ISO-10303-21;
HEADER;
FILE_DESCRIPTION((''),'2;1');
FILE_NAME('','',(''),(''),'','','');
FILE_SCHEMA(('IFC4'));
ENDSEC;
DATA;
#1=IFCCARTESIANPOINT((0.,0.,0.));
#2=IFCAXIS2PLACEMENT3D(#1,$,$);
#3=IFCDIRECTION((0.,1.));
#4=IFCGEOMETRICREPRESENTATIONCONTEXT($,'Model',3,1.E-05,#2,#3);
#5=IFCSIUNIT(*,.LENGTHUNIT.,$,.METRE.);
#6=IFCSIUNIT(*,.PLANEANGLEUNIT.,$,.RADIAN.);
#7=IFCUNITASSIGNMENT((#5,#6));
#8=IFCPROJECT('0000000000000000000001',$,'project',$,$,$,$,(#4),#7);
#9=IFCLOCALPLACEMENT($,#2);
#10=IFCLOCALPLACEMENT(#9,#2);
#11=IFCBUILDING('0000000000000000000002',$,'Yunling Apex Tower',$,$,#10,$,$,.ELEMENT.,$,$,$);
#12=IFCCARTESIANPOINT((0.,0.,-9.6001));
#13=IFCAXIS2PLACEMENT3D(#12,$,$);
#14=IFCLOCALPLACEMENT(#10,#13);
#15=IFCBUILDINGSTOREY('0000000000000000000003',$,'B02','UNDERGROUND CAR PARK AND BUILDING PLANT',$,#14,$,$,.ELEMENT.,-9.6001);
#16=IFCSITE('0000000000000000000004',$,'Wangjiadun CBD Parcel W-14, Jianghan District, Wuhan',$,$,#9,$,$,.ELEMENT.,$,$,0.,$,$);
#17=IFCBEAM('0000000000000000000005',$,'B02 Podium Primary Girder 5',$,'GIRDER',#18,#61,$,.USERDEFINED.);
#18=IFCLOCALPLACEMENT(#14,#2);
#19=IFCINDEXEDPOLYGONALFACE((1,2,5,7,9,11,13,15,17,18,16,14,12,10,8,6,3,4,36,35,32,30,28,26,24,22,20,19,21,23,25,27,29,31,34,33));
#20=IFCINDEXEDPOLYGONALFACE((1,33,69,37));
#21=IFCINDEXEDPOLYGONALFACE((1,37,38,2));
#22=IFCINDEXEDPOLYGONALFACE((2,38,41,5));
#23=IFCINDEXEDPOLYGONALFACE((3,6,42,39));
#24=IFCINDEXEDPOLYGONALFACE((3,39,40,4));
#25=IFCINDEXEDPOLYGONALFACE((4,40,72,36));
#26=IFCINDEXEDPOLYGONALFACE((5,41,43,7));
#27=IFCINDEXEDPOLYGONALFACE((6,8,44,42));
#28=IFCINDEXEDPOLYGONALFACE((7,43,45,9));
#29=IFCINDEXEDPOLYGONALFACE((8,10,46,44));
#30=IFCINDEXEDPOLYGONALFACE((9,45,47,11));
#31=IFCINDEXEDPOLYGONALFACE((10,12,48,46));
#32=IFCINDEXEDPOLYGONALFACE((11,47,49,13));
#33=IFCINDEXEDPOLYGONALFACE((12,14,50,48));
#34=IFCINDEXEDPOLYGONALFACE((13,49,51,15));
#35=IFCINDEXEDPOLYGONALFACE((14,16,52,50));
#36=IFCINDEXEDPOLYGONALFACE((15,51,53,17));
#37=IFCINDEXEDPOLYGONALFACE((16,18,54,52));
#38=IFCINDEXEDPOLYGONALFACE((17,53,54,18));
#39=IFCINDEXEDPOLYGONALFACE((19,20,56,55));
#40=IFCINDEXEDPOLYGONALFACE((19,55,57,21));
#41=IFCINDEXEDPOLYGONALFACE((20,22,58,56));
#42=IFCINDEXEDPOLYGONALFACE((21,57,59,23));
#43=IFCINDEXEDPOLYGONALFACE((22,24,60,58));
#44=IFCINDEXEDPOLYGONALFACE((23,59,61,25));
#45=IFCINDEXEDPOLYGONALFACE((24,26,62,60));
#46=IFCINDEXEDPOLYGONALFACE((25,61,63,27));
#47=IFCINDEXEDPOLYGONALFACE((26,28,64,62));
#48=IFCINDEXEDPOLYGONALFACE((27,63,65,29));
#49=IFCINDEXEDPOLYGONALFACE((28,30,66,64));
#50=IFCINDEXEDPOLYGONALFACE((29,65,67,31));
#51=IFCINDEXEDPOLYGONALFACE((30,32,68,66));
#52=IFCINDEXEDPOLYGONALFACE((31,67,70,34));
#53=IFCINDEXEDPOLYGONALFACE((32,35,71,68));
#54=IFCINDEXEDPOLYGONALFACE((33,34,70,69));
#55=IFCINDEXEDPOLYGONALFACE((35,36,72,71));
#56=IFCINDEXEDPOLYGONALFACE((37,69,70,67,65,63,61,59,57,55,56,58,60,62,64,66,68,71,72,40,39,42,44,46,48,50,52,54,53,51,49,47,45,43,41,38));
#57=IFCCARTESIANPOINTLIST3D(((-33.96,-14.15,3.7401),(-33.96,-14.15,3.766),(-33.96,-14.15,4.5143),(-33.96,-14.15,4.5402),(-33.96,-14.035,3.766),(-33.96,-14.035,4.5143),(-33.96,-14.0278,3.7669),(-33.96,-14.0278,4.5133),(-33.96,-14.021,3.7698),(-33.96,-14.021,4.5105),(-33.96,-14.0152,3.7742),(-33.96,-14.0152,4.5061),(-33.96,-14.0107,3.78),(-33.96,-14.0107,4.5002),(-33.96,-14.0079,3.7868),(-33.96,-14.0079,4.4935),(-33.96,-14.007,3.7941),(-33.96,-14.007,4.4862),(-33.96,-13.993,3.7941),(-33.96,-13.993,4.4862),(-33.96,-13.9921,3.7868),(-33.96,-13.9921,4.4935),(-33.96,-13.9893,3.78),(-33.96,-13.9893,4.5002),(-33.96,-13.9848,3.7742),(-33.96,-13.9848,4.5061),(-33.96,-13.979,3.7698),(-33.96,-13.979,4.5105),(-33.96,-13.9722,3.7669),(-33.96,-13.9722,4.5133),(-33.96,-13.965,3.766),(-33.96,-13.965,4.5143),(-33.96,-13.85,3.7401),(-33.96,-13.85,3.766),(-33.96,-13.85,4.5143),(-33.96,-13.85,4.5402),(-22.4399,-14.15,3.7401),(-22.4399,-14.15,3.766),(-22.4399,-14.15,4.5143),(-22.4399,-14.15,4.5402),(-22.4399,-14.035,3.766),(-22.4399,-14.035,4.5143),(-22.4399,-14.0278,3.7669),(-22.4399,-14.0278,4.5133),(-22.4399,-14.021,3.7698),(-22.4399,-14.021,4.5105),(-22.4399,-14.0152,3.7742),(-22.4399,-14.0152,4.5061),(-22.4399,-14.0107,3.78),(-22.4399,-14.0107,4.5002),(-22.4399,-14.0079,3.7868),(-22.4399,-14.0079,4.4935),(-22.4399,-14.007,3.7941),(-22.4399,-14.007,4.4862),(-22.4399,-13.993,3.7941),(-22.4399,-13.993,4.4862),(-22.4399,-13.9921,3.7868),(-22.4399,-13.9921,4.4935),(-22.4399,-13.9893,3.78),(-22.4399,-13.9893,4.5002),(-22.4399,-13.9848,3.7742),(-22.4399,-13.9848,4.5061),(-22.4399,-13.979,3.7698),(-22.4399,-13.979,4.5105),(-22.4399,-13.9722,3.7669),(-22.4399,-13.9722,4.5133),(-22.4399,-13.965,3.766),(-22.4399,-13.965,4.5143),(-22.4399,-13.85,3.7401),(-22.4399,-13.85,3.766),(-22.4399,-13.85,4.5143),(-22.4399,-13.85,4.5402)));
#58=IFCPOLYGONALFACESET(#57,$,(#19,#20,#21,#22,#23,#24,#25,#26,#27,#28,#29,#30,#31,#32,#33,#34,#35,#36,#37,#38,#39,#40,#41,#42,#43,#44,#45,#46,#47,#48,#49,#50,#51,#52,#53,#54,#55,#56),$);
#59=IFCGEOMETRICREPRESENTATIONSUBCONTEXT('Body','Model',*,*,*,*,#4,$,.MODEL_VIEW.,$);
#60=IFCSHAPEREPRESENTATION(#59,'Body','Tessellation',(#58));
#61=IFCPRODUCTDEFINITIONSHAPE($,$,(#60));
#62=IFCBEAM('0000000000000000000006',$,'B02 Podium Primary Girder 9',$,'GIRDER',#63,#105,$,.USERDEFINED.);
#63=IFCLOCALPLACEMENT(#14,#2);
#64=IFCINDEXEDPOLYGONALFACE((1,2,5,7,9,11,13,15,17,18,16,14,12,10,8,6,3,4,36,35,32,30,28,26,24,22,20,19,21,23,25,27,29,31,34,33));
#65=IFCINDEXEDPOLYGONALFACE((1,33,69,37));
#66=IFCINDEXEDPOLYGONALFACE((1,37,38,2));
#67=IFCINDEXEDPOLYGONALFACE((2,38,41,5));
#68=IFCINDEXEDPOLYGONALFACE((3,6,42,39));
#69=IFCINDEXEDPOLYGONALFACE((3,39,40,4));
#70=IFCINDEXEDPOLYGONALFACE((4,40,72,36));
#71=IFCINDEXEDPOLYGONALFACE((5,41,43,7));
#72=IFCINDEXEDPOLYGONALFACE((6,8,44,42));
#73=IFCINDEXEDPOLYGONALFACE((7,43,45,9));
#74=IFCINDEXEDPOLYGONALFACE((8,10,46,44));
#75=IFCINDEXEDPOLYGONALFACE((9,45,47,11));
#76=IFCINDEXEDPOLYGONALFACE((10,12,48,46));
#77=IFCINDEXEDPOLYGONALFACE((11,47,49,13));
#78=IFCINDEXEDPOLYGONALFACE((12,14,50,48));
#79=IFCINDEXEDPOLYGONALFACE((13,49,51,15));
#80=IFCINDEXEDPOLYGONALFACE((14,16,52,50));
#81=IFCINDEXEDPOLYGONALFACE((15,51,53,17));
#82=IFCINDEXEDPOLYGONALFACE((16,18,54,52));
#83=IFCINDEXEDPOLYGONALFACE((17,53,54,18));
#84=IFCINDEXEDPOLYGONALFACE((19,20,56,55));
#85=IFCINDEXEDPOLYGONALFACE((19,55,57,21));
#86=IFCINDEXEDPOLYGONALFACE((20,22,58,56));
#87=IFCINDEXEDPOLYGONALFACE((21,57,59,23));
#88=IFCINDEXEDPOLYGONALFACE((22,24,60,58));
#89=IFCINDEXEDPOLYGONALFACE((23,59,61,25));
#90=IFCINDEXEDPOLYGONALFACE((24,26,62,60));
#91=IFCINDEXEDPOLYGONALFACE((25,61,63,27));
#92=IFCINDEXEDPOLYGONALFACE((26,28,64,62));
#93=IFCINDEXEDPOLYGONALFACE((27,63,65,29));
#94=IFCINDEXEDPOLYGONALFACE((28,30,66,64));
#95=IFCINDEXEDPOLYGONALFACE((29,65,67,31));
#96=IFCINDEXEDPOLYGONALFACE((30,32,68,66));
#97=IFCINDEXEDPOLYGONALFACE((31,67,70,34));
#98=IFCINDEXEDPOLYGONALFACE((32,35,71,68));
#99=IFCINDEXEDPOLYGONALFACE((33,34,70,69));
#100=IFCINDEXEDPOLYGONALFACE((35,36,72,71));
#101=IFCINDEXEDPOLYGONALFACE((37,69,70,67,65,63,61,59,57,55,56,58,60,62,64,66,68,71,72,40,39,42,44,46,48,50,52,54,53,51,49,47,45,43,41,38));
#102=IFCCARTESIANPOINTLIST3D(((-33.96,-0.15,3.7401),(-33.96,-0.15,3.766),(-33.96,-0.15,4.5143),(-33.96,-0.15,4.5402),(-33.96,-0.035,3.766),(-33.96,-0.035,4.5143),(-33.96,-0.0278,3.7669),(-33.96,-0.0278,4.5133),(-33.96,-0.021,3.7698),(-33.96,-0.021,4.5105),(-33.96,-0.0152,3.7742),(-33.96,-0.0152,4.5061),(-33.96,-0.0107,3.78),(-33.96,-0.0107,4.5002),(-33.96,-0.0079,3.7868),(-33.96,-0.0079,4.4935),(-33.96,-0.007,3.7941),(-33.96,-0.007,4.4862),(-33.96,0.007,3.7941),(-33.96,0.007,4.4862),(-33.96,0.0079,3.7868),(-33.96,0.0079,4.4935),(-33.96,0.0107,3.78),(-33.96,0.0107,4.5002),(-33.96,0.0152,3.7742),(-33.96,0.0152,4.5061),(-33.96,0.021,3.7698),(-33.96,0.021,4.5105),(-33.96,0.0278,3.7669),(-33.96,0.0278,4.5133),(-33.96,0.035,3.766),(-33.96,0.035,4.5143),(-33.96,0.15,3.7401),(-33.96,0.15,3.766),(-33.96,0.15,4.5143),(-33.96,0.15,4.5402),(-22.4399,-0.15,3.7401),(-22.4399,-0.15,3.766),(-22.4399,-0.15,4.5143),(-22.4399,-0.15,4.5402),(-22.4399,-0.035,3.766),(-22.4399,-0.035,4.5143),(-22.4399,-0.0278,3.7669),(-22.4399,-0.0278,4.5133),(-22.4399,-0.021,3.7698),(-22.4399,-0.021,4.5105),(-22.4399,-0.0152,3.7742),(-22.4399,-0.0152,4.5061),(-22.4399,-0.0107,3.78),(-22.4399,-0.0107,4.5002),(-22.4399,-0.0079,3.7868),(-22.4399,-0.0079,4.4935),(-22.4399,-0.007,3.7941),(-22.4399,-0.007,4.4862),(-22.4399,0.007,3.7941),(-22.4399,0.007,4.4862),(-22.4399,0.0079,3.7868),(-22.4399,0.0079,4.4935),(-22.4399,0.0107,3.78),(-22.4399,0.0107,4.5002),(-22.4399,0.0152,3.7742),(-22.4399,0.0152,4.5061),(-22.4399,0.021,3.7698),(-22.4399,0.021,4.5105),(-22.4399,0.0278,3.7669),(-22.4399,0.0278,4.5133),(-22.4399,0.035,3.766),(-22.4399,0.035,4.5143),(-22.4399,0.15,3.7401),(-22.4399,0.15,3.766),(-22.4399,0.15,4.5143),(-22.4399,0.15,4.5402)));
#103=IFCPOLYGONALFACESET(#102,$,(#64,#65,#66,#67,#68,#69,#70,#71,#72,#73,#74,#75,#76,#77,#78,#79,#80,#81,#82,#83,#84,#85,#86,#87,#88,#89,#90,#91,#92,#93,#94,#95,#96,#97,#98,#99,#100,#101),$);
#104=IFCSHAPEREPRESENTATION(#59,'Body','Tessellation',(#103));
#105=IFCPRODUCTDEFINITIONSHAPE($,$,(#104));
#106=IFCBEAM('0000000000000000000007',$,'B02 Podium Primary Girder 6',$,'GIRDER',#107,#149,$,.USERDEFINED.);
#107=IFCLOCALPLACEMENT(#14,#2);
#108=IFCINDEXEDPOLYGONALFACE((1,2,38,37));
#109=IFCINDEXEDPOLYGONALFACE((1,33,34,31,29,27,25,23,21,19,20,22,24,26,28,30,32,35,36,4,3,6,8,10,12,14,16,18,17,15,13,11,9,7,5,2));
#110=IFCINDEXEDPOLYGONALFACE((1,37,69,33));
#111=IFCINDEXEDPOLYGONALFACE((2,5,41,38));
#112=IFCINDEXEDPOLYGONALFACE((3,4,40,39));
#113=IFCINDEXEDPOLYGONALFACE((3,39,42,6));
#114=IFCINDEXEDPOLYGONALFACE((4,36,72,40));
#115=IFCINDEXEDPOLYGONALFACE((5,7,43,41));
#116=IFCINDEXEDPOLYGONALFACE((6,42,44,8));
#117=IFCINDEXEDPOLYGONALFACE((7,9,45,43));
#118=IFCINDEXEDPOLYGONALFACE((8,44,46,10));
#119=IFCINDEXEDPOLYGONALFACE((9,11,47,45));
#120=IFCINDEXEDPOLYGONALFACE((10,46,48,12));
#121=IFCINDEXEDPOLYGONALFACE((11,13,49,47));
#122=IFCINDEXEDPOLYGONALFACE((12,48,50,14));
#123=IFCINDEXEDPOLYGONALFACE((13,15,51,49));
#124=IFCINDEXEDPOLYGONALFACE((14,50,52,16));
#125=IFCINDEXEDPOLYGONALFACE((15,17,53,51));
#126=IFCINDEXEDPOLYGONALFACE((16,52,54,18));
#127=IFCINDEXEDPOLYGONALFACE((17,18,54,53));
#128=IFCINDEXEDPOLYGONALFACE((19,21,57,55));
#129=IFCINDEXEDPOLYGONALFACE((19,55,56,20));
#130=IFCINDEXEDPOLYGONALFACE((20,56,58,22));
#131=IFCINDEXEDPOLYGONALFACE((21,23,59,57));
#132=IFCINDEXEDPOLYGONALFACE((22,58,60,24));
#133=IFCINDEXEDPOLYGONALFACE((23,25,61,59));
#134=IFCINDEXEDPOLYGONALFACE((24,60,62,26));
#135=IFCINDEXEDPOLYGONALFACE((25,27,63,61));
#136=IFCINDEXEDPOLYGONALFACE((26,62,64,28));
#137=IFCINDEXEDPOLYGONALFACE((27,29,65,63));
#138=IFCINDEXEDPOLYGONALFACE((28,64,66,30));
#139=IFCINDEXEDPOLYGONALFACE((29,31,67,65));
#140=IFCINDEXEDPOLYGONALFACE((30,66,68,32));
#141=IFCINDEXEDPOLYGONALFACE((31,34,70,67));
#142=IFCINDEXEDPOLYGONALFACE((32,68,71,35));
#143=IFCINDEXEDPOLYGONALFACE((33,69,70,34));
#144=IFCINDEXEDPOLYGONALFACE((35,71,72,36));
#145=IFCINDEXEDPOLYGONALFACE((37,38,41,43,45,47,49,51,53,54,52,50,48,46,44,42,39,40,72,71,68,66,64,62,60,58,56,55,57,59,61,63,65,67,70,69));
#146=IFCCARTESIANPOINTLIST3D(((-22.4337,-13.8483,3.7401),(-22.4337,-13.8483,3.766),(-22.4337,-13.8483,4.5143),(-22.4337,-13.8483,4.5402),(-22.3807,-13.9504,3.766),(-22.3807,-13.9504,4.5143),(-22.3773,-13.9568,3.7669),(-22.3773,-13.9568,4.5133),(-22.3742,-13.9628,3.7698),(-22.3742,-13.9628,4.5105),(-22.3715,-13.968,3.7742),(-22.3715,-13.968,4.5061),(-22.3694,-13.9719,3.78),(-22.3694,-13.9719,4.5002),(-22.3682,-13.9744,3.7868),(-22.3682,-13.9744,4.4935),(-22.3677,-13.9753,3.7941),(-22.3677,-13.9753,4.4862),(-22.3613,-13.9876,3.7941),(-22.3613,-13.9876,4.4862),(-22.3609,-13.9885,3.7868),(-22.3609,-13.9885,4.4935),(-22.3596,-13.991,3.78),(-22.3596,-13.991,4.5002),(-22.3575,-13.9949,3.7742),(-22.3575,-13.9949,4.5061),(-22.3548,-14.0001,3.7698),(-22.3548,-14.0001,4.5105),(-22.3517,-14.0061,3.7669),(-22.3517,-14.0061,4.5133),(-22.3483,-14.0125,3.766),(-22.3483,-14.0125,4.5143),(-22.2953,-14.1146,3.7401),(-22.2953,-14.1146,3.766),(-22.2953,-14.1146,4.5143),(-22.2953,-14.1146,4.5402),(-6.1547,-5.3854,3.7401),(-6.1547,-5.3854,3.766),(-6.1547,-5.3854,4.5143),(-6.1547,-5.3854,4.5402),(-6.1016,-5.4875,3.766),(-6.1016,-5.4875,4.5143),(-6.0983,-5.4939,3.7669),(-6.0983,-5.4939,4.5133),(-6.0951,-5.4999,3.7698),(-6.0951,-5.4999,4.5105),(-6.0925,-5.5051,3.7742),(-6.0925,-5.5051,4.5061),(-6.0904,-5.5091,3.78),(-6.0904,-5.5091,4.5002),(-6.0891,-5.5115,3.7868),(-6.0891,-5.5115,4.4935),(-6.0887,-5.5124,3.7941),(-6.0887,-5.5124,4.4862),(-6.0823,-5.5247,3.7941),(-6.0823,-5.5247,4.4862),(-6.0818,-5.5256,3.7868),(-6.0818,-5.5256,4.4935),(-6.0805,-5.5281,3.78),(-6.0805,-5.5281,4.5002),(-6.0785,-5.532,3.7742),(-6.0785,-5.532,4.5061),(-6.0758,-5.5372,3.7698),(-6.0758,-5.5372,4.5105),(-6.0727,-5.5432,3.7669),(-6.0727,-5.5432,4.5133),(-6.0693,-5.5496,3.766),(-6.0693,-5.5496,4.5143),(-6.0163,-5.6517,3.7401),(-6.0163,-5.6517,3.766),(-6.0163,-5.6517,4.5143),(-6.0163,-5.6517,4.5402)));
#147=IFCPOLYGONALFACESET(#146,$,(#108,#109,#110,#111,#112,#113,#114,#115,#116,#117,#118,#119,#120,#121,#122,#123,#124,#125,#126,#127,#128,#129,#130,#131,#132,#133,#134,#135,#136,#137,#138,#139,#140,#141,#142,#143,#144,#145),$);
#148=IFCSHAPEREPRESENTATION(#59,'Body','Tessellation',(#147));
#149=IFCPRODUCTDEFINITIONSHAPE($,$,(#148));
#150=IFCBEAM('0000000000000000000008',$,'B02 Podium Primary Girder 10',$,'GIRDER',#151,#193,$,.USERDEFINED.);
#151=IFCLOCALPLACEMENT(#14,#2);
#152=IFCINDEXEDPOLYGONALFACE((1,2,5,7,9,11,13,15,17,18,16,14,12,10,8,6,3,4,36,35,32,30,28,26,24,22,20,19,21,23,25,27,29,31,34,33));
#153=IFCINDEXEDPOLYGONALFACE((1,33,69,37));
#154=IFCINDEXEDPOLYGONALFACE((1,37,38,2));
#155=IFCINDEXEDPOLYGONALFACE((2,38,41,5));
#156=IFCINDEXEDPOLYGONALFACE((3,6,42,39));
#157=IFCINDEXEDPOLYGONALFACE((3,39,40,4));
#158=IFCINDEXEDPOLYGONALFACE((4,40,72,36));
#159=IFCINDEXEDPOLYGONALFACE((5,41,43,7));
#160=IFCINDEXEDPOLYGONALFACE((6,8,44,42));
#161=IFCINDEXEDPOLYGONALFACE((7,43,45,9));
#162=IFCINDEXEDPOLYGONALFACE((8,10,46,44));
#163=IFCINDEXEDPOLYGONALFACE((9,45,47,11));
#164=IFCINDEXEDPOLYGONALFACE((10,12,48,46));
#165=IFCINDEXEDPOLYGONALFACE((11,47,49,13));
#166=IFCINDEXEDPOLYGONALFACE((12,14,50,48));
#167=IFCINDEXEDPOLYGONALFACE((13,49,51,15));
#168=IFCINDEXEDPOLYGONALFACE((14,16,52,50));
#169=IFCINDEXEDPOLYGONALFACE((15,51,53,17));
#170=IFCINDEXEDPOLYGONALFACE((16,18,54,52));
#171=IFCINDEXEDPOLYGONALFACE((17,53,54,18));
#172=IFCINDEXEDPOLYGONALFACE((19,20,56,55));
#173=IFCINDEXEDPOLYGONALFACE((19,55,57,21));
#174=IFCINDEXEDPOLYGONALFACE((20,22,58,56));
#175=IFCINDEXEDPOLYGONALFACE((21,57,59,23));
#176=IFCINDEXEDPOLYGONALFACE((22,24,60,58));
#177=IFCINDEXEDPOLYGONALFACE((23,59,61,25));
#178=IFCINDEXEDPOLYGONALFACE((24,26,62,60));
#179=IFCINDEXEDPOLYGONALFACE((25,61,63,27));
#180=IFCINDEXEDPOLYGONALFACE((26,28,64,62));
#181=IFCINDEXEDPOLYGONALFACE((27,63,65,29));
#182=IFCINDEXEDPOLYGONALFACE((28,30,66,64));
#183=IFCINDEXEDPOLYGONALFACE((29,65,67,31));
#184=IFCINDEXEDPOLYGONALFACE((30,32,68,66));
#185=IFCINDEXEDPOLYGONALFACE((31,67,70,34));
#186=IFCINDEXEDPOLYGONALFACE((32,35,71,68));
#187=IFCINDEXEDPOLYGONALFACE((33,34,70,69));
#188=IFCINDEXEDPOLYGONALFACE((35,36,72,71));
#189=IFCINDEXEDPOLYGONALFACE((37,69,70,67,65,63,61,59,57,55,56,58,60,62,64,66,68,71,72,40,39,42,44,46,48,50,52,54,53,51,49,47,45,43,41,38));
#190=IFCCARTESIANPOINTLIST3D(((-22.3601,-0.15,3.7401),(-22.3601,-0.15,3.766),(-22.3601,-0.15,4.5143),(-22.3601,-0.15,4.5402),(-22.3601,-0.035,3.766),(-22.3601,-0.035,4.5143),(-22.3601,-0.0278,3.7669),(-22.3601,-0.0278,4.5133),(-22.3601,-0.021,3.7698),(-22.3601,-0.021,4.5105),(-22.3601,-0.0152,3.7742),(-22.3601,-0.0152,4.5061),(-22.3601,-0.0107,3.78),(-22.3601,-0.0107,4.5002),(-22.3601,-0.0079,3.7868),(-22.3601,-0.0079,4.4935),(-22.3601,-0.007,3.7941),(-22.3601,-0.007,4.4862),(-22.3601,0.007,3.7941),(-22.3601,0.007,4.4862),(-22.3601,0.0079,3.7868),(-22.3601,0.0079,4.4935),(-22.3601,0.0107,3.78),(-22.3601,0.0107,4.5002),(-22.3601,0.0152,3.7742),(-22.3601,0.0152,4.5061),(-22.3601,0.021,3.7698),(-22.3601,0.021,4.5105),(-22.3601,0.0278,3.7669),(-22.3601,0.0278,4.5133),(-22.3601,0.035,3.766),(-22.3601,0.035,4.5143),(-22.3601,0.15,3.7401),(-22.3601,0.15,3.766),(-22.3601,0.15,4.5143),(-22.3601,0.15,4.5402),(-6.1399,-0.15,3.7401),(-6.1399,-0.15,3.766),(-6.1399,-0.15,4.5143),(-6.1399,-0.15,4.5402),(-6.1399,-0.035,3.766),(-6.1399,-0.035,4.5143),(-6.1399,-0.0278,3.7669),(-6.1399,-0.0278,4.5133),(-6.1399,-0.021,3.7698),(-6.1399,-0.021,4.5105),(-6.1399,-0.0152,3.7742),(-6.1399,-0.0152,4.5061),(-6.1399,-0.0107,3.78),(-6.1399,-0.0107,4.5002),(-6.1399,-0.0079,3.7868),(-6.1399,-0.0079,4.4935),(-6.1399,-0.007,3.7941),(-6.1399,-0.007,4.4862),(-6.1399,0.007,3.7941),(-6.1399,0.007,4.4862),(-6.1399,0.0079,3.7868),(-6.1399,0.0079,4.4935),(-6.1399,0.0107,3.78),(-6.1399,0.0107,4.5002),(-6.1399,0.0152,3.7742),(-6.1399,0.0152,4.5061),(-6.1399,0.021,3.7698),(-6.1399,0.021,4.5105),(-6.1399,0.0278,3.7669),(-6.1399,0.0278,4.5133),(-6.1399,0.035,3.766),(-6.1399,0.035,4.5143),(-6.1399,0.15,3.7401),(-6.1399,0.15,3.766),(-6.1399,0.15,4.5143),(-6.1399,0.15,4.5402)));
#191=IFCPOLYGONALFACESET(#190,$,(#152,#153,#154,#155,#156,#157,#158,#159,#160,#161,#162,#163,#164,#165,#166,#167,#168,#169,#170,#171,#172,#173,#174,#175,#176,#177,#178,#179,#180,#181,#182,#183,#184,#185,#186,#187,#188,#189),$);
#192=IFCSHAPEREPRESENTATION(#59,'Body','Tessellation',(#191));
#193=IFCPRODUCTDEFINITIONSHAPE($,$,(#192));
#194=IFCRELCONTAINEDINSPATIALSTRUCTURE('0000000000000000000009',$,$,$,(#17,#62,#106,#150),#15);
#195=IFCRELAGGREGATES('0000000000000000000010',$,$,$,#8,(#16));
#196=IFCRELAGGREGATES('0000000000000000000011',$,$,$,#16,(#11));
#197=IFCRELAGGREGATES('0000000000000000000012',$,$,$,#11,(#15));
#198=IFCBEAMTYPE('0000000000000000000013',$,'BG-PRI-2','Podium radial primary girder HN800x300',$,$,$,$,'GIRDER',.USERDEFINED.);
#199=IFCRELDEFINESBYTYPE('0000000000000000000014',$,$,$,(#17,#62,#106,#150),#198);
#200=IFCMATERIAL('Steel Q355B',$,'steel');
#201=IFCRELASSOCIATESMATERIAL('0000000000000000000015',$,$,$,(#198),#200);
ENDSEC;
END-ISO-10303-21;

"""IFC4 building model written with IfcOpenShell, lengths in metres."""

from ifc_helpers import new_model, si_unit, direction, frame, origin, origin_2d, place, context, subcontext, project, spatial, i_section, extrude, source, transform, mapped, material, material_profile, profile_set, type_object, element, save


model = new_model("IFC4")

# Units and contexts
model_context = context("Model", 3, precision=1e-05, world=origin(), true_north=direction((0.0, 1.0)))
body_context = subcontext(model_context, "Body", "Model", "MODEL_VIEW")
ifc_project = project(units=[si_unit("LENGTHUNIT", "METRE"), si_unit("PLANEANGLEUNIT", "RADIAN")], contexts=[model_context])

# Site, building, storey
site_placement = place(None, origin())
site = spatial("IfcSite", under=ifc_project, at=site_placement, Name="Wangjiadun CBD Parcel W-14, Jianghan District, Wuhan", CompositionType="ELEMENT", RefElevation=0.0)
building_placement = place(site_placement, origin())
building = spatial("IfcBuilding", under=site, at=building_placement, Name="Yunling Apex Tower", CompositionType="ELEMENT")
storey_placement = place(building_placement, frame((0.0, 0.0, -9.6001)))
storey = spatial("IfcBuildingStorey", under=building, at=storey_placement, Name="B02", Description="UNDERGROUND CAR PARK AND BUILDING PLANT", CompositionType="ELEMENT", Elevation=-9.6001)

# Beams
ifc_material_1 = material(Name="Steel Q355B", Category="steel")
ifc_material_profile_1 = material_profile(ifc_material_1, i_section(OverallWidth=0.3, OverallDepth=0.8, WebThickness=0.0139, FlangeThickness=0.0259, FilletRadius=0.0281, at=origin_2d()))
ifc_profile_set_1 = profile_set([ifc_material_profile_1], Name="Steel Q355B")
beam_type_1 = type_object("IfcBeamType", Name="BG-PRI-2", Description="Podium radial primary girder HN800x300", ElementType="GIRDER", PredefinedType="USERDEFINED", material=ifc_profile_set_1)
shared_shape_1 = source(origin(), body_context, "Body", "SweptSolid", [
    extrude(i_section(OverallWidth=0.3, OverallDepth=0.8, WebThickness=0.0139, FlangeThickness=0.0259, FilletRadius=0.0281, at=origin_2d()), origin(), (0.0, 0.0, 1.0), 11.52),
])
for number, where, z_axis, x_axis, name in (
    (1, (-33.96, -14.0, 4.1401), (1.0, 0.0, 0.0), (0.0, 1.0, 0.0), "B02 Podium Primary Girder 5"),
    (2, (-33.96, 0.0, 4.1401), (1.0, 0.0, 0.0), (0.0, 1.0, 0.0), "B02 Podium Primary Girder 9"),
):
    element("IfcBeam", number, at=place(storey_placement, frame(where, z_axis=z_axis, x_axis=x_axis)), inside=storey, type_object=beam_type_1, Name=name, ObjectType="GIRDER", PredefinedType="USERDEFINED", context=body_context, shape_type="MappedRepresentation", body=[
        mapped(shared_shape_1, transform((0.0, 0.0, 0.0), scale=1.0)),
    ])
shared_shape_2 = source(origin(), body_context, "Body", "SweptSolid", [
    extrude(i_section(OverallWidth=0.3, OverallDepth=0.8, WebThickness=0.0139, FlangeThickness=0.0259, FilletRadius=0.0281, at=origin_2d()), origin(), (0.0, 0.0, 1.0), 18.3474),
])
beam_1_placement = place(storey_placement, frame((-22.3645, -13.9814, 4.1401), z_axis=(0.887266, 0.461258, 0.0), x_axis=(-0.461258, 0.887266, 0.0)))
element("IfcBeam", 3, at=beam_1_placement, inside=storey, type_object=beam_type_1, Name="B02 Podium Primary Girder 6", ObjectType="GIRDER", PredefinedType="USERDEFINED", context=body_context, shape_type="MappedRepresentation", body=[
    mapped(shared_shape_2, transform((0.0, 0.0, 0.0), scale=1.0)),
])
shared_shape_3 = source(origin(), body_context, "Body", "SweptSolid", [
    extrude(i_section(OverallWidth=0.3, OverallDepth=0.8, WebThickness=0.0139, FlangeThickness=0.0259, FilletRadius=0.0281, at=origin_2d()), origin(), (0.0, 0.0, 1.0), 16.2202),
])
beam_2_placement = place(storey_placement, frame((-22.3601, 0.0, 4.1401), z_axis=(1.0, 0.0, 0.0), x_axis=(0.0, 1.0, 0.0)))
element("IfcBeam", 4, at=beam_2_placement, inside=storey, type_object=beam_type_1, Name="B02 Podium Primary Girder 10", ObjectType="GIRDER", PredefinedType="USERDEFINED", context=body_context, shape_type="MappedRepresentation", body=[
    mapped(shared_shape_3, transform((0.0, 0.0, 0.0), scale=1.0)),
])

save(model, "model.ifc")
